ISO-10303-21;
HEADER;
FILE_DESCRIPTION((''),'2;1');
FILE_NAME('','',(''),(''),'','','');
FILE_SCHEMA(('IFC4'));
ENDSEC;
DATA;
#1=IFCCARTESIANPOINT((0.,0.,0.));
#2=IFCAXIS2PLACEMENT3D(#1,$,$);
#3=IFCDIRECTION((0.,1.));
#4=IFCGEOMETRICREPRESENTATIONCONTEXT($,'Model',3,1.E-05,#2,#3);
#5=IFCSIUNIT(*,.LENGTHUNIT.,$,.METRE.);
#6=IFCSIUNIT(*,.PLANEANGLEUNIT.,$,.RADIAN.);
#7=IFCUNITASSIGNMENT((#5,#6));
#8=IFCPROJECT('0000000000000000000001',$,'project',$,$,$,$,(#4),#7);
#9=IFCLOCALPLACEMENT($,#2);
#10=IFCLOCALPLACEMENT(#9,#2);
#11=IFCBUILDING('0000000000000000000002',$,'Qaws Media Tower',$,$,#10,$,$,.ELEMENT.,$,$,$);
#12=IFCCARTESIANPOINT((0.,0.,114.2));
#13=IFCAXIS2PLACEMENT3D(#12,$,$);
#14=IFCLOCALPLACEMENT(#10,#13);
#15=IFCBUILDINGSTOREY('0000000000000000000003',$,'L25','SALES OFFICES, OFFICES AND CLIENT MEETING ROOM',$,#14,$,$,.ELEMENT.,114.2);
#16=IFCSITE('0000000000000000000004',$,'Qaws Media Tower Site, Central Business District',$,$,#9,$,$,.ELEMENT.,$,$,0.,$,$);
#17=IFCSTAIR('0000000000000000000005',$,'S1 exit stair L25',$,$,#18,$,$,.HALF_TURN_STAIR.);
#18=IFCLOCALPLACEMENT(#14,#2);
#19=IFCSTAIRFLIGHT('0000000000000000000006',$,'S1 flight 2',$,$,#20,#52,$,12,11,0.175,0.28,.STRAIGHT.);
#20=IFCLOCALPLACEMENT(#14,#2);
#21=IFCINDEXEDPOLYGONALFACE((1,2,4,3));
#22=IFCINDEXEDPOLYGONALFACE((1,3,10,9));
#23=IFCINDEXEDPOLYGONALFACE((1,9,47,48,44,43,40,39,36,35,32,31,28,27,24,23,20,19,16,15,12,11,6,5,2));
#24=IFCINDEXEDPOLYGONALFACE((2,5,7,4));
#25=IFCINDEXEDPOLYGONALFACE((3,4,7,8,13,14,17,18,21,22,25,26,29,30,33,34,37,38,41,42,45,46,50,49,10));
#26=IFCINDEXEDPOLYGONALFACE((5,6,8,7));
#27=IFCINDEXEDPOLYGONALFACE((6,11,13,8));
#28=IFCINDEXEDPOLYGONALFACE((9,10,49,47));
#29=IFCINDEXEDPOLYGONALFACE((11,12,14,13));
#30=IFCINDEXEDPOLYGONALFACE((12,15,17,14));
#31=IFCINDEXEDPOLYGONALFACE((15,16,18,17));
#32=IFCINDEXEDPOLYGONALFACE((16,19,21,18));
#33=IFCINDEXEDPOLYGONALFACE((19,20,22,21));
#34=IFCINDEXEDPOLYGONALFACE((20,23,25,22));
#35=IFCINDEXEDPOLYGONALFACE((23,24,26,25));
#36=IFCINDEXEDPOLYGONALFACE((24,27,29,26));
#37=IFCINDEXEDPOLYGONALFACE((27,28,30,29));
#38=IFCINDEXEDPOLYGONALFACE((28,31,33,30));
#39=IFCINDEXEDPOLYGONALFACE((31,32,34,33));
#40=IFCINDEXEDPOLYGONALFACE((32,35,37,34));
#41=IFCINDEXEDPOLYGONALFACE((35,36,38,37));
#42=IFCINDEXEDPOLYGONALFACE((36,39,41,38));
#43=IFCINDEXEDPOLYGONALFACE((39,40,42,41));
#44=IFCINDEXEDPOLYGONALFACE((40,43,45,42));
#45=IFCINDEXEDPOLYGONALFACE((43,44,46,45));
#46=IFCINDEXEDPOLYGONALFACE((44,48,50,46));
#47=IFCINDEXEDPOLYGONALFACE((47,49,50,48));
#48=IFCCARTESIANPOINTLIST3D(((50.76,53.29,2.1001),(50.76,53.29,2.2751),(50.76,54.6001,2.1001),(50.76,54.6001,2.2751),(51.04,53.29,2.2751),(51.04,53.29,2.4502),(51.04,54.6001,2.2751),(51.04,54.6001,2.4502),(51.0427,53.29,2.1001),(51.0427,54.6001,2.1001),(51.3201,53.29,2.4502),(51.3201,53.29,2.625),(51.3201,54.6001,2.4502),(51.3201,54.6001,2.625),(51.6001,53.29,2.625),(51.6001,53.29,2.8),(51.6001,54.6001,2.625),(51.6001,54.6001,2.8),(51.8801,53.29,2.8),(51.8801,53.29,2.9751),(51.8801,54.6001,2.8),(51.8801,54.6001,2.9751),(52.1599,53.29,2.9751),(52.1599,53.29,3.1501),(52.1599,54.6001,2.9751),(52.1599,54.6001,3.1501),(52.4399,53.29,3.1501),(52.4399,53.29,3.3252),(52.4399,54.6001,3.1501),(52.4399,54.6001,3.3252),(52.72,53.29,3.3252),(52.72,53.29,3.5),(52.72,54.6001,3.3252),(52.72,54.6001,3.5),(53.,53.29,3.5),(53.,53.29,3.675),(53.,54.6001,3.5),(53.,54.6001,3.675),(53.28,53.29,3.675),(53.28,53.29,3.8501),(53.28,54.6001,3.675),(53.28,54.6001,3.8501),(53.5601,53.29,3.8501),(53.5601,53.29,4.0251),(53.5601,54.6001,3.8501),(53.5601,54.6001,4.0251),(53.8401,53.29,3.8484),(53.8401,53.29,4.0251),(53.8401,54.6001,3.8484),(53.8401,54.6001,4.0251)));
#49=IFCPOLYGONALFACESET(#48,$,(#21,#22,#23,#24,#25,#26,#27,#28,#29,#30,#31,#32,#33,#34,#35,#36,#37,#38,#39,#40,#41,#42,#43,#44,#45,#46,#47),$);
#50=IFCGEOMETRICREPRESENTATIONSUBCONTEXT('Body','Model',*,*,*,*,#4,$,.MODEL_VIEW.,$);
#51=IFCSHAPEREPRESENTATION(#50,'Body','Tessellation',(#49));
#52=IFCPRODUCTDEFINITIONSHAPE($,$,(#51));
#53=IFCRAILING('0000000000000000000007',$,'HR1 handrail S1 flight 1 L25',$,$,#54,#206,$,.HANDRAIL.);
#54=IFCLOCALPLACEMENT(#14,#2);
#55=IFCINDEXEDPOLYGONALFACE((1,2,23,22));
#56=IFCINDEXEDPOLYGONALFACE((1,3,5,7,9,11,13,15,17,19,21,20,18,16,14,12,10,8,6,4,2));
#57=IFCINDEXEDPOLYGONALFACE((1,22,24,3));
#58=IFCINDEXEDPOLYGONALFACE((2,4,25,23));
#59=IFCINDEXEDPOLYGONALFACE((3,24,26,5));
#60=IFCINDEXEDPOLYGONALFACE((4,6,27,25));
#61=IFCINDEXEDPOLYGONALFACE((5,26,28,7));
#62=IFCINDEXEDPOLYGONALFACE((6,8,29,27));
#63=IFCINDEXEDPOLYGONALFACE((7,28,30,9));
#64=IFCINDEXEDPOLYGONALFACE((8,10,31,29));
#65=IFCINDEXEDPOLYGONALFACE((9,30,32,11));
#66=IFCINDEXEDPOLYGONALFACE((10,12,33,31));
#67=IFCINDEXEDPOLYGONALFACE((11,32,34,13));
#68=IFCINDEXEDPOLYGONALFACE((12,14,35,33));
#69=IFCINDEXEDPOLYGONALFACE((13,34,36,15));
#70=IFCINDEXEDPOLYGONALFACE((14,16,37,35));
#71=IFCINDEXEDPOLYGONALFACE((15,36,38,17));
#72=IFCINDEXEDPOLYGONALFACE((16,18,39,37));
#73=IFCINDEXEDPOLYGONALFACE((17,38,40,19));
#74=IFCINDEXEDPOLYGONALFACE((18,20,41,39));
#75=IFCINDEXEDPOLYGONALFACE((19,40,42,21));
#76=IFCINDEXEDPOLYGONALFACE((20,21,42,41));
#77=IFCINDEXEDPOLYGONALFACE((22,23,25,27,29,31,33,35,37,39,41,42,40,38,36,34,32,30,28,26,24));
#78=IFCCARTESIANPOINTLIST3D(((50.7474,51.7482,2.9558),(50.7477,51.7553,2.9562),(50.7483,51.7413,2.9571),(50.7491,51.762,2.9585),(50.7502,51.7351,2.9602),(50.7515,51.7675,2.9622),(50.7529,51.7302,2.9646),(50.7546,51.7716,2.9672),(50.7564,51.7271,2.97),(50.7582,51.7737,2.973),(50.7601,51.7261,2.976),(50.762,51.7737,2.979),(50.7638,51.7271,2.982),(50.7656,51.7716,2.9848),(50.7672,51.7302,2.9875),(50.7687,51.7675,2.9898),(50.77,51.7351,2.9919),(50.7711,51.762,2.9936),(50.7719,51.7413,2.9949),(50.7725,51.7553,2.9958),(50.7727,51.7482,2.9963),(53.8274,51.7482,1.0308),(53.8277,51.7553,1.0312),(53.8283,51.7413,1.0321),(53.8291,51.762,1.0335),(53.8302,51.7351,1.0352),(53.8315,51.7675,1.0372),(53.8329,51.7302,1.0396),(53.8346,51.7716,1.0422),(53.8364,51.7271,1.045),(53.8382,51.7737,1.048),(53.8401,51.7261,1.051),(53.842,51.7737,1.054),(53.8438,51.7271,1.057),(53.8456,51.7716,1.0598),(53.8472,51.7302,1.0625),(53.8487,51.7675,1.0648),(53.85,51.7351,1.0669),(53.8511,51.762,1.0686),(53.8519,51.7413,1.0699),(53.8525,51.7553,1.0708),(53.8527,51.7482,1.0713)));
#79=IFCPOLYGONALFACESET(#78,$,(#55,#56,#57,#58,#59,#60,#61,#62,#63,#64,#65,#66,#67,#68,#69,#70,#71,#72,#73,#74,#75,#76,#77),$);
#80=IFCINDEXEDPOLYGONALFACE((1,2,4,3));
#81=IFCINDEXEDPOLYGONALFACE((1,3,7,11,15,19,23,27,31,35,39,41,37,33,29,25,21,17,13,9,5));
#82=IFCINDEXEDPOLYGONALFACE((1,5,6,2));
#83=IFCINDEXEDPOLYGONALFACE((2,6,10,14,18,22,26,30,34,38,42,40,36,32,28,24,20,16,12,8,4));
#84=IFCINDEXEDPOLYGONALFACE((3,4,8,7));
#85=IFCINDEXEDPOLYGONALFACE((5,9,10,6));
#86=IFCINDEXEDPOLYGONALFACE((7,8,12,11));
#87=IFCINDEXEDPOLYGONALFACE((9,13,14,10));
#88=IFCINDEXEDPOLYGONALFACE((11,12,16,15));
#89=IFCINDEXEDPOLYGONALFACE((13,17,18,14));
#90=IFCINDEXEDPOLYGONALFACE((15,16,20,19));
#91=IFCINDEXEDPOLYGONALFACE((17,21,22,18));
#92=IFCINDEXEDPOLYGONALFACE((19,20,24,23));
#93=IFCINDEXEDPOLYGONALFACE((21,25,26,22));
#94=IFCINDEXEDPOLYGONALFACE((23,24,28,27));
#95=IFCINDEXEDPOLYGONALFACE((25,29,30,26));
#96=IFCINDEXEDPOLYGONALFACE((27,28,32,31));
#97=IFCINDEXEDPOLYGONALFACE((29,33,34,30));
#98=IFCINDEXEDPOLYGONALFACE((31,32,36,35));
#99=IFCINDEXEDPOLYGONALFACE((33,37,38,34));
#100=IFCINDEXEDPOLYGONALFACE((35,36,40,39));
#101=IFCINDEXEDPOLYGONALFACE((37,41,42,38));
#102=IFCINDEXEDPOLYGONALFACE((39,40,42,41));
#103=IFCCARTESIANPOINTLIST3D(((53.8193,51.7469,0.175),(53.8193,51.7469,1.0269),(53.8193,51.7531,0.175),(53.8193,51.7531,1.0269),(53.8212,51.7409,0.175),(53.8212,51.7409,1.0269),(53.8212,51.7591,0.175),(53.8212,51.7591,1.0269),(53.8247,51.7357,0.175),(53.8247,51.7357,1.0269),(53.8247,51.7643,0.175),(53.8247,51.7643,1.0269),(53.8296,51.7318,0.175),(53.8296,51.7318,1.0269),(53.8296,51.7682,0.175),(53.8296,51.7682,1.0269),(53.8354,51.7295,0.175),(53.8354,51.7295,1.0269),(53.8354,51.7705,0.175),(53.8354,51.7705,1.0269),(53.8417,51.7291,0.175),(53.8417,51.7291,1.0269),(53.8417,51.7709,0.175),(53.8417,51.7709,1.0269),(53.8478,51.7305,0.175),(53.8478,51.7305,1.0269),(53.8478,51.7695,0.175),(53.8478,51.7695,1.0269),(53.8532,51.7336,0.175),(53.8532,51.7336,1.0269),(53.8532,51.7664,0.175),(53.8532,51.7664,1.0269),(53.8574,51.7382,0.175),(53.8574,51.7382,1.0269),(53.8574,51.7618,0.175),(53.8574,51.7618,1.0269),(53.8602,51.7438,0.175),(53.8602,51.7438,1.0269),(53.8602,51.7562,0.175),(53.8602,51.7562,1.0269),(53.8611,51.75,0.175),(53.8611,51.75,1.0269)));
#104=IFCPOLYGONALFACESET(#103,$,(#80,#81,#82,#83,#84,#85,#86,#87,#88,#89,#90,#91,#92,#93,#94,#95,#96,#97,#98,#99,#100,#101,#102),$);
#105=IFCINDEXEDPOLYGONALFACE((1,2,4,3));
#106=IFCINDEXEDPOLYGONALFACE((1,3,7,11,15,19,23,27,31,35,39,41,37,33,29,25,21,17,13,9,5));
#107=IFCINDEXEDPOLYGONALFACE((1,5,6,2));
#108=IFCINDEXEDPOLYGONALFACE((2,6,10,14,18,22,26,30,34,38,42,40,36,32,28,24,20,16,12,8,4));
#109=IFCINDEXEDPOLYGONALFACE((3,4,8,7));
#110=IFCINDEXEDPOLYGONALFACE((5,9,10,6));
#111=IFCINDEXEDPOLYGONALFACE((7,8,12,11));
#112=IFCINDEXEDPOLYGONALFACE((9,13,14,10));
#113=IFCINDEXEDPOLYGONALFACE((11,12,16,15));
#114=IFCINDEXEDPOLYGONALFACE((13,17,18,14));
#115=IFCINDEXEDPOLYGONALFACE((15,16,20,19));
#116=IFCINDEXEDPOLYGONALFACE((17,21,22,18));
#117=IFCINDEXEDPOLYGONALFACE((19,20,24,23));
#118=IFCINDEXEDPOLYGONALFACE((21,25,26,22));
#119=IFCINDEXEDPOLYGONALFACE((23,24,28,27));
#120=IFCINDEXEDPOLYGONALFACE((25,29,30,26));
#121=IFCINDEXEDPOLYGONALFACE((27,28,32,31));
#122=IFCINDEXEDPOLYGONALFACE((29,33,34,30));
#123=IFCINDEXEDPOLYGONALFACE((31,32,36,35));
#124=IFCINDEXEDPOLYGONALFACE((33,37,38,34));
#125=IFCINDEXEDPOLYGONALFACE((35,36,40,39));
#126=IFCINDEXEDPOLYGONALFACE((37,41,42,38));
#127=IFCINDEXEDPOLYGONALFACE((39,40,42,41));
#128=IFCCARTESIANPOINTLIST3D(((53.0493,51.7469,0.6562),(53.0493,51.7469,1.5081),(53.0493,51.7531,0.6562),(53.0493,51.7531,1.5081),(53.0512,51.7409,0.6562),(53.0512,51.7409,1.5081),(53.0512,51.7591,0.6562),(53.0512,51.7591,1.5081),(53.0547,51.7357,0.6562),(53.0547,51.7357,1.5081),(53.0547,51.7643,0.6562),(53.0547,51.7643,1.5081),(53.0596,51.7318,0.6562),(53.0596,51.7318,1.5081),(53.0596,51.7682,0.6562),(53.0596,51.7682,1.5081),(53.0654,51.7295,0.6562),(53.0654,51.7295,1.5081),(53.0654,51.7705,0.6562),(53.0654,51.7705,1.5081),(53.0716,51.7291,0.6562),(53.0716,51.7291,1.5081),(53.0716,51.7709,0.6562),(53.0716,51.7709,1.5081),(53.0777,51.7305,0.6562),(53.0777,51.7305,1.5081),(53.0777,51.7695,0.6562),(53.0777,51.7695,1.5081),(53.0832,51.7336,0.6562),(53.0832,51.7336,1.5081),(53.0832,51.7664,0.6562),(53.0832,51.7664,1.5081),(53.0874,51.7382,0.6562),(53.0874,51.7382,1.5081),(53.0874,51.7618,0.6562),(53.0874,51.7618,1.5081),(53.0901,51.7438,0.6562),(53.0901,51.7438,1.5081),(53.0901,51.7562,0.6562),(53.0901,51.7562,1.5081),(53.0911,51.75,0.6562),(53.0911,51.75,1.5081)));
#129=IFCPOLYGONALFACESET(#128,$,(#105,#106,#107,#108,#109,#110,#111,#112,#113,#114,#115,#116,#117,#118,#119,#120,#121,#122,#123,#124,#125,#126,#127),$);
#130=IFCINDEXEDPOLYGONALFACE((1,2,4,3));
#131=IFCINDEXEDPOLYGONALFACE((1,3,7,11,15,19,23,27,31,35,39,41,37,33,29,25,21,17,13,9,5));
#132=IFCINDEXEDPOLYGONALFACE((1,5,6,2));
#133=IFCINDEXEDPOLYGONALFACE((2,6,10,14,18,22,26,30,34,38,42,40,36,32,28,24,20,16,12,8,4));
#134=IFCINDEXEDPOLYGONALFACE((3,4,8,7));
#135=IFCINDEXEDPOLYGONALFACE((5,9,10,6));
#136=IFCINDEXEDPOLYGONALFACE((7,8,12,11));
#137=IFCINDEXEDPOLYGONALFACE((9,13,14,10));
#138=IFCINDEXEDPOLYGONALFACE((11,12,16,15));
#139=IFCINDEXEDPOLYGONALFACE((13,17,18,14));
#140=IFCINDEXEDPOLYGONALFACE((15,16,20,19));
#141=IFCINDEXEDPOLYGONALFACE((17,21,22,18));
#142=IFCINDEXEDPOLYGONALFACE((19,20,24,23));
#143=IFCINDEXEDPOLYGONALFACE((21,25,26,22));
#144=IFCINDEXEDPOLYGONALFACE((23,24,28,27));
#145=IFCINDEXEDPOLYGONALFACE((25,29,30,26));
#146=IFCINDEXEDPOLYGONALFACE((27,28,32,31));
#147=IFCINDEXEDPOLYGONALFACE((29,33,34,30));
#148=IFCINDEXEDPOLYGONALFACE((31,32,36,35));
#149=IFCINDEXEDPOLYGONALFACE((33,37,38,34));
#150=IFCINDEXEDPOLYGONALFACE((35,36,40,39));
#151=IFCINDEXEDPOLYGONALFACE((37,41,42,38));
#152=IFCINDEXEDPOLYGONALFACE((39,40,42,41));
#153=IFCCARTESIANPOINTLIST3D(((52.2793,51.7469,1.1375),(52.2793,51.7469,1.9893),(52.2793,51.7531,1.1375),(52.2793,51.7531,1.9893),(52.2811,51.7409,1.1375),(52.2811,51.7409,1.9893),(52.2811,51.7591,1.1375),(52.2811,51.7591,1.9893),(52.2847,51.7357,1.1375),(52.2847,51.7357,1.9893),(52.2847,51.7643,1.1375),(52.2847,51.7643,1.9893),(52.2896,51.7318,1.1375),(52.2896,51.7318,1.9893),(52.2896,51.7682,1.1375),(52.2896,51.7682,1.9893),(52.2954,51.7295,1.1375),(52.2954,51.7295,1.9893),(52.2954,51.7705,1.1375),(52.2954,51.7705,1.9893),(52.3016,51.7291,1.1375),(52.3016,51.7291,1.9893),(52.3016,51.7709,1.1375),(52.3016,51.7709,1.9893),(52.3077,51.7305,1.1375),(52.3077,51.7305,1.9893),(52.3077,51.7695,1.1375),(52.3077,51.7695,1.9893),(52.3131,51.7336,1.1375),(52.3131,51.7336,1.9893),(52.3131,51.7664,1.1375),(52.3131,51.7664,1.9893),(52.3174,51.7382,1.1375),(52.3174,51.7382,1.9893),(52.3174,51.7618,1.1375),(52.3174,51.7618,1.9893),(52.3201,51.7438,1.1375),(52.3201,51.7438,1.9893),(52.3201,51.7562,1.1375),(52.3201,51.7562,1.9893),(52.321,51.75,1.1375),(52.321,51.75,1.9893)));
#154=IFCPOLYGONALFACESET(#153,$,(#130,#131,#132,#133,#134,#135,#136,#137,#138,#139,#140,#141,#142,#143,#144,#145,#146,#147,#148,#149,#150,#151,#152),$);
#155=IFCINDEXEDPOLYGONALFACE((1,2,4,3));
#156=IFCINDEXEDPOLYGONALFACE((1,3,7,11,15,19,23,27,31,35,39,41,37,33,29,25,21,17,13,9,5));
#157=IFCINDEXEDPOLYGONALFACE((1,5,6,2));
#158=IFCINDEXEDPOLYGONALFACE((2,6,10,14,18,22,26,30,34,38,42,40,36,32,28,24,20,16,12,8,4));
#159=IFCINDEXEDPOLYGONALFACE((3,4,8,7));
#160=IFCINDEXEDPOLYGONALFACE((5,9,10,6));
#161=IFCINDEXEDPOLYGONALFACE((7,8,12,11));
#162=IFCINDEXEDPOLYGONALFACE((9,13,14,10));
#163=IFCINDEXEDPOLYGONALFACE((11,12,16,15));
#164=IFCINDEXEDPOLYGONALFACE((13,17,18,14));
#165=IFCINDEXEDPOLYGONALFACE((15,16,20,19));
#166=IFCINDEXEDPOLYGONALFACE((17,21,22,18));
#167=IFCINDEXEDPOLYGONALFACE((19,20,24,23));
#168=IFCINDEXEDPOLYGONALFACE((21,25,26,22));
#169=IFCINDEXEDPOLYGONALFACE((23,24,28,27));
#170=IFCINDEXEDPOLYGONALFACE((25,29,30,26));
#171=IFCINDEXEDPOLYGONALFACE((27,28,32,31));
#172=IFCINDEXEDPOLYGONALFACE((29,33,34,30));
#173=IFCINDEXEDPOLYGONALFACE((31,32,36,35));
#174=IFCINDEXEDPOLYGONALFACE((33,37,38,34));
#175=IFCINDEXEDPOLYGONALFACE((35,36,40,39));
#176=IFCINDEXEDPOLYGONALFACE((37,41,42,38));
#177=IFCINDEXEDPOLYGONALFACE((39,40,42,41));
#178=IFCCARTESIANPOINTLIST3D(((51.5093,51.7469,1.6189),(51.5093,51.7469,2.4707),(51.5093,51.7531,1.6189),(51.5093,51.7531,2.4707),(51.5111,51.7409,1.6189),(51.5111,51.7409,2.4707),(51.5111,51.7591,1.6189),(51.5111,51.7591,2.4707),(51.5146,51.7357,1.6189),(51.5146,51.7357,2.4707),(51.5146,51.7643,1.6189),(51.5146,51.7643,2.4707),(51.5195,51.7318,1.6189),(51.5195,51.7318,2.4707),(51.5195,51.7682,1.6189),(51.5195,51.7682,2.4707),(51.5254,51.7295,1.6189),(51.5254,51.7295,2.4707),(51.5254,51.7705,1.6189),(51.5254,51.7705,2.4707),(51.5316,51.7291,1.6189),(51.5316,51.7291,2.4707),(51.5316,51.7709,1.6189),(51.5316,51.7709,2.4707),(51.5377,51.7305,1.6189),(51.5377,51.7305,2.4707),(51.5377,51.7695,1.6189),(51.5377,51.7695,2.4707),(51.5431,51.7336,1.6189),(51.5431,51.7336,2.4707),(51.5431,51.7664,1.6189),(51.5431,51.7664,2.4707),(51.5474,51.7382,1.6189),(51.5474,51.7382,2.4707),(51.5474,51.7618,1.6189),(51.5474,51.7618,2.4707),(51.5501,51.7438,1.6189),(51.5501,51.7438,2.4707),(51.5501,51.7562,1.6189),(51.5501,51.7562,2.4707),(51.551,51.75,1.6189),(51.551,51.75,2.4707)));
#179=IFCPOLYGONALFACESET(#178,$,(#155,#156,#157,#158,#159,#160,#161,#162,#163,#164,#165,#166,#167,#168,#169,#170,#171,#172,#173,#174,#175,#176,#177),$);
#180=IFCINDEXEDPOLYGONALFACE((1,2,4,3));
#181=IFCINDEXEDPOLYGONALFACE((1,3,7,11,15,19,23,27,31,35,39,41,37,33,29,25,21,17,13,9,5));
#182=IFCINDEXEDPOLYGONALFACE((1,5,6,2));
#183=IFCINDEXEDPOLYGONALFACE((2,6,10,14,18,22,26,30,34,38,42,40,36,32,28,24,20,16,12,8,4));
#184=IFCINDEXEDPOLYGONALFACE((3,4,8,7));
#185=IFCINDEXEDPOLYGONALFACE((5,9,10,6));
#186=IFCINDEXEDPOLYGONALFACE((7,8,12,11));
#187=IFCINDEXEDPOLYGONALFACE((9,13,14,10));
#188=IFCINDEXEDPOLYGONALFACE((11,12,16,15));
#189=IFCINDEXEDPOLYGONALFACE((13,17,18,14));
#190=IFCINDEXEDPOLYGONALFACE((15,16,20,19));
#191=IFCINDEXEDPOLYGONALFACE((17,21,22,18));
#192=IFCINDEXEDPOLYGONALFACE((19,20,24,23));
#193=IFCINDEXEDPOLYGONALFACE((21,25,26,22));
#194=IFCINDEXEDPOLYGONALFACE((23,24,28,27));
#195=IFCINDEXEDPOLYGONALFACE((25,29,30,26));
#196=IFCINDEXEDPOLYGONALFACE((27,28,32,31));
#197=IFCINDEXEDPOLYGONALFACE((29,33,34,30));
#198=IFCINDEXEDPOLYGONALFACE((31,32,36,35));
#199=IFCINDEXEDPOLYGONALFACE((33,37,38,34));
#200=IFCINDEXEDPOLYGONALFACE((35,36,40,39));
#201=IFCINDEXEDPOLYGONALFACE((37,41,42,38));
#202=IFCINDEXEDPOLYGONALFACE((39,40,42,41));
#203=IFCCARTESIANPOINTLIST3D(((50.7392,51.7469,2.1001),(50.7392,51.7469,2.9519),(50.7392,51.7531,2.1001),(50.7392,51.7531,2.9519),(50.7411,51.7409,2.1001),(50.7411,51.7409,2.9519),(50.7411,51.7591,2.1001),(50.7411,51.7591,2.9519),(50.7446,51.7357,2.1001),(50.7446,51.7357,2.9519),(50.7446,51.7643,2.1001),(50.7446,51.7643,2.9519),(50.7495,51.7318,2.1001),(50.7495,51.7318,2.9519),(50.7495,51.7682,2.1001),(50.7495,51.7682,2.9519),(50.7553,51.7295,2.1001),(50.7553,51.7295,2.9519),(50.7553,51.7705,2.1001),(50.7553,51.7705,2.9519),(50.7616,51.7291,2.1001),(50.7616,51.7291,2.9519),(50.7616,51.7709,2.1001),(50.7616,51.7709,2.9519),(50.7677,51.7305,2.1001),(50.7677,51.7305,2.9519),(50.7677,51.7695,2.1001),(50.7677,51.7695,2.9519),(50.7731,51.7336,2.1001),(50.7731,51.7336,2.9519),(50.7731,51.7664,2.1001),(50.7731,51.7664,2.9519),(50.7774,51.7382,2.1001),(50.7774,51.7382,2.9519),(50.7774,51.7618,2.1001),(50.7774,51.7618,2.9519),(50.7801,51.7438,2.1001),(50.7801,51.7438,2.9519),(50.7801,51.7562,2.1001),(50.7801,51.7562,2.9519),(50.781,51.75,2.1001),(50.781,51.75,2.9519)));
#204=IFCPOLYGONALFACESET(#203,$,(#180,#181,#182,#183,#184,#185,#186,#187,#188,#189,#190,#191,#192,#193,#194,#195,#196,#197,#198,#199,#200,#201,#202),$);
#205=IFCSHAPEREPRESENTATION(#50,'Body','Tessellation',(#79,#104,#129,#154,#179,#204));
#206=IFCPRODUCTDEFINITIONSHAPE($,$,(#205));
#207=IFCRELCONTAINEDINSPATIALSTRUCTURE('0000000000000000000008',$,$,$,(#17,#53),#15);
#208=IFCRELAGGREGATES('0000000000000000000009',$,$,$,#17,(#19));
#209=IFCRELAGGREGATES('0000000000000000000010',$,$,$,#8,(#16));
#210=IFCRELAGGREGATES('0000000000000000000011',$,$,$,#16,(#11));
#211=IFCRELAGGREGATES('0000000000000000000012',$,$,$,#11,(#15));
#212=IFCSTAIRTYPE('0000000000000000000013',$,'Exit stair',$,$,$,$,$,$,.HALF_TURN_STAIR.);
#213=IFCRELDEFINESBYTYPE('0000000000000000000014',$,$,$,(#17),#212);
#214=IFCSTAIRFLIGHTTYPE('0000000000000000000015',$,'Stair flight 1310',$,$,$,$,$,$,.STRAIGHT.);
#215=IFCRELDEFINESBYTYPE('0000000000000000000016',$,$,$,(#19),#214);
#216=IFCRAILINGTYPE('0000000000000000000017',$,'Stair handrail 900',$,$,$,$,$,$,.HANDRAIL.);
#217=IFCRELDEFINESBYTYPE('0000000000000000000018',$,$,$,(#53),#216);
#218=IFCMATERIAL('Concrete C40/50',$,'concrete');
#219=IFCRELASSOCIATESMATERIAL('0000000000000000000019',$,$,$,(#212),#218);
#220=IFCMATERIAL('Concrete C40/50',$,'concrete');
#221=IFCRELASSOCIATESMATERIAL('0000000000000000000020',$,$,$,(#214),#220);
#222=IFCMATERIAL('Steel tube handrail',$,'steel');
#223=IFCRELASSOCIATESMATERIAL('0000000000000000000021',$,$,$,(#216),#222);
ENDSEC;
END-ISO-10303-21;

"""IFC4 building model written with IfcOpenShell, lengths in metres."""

from ifc_helpers import new_model, si_unit, direction, frame, origin, origin_2d, place, context, subcontext, project, spatial, polyline, circle, outline, extrude, material, type_object, element, aggregate, save


model = new_model("IFC4")

# Units and contexts
model_context = context("Model", 3, precision=1e-05, world=origin(), true_north=direction((0.0, 1.0)))
body_context = subcontext(model_context, "Body", "Model", "MODEL_VIEW")
ifc_project = project(units=[si_unit("LENGTHUNIT", "METRE"), si_unit("PLANEANGLEUNIT", "RADIAN")], contexts=[model_context])

# Site, building, storey
site_placement = place(None, origin())
site = spatial("IfcSite", under=ifc_project, at=site_placement, Name="Qaws Media Tower Site, Central Business District", CompositionType="ELEMENT", RefElevation=0.0)
building_placement = place(site_placement, origin())
building = spatial("IfcBuilding", under=site, at=building_placement, Name="Qaws Media Tower", CompositionType="ELEMENT")
storey_placement = place(building_placement, frame((0.0, 0.0, 114.2)))
storey = spatial("IfcBuildingStorey", under=building, at=storey_placement, Name="L25", Description="SALES OFFICES, OFFICES AND CLIENT MEETING ROOM", CompositionType="ELEMENT", Elevation=114.2)

# Stair, stair flight
ifc_material_1 = material(Name="Concrete C40/50", Category="concrete")
stair_type = type_object("IfcStairType", Name="Exit stair", PredefinedType="HALF_TURN_STAIR", material=ifc_material_1)
stair_placement = place(storey_placement, origin())
stair = element("IfcStair", 1, at=stair_placement, inside=storey, type_object=stair_type, Name="S1 exit stair L25", PredefinedType="HALF_TURN_STAIR")
ifc_material_2 = material(Name="Concrete C40/50", Category="concrete")
stair_flight_type = type_object("IfcStairFlightType", Name="Stair flight 1310", PredefinedType="STRAIGHT", material=ifc_material_2)
stair_flight_1_placement = place(storey_placement, frame((50.76, 53.9451, 2.1001), z_axis=(0.0, 0.0, 1.0), x_axis=(1.0, 0.0, 0.0)))
stair_flight_1 = element("IfcStairFlight", 2, at=stair_flight_1_placement, type_object=stair_flight_type, Name="S1 flight 2", NumberOfRisers=12, NumberOfTreads=11, PredefinedType="STRAIGHT", RiserHeight=0.175, TreadLength=0.28, context=body_context, shape_type="SweptSolid", body=[
    extrude(outline(polyline([(0.0, 0.0), (0.0, 0.175), (0.28, 0.175), (0.28, 0.3501), (0.5601, 0.3501), (0.5601, 0.5249), (0.8401, 0.5249), (0.8401, 0.7), (1.1201, 0.7), (1.1201, 0.875), (1.3999, 0.875), (1.3999, 1.05), (1.6799, 1.05), (1.6799, 1.2251), (1.96, 1.2251), (1.96, 1.3999), (2.24, 1.3999), (2.24, 1.575), (2.52, 1.575), (2.52, 1.75), (2.8, 1.75), (2.8, 1.925), (3.0801, 1.925), (3.0801, 2.1001), (3.0801, 1.7483), (0.2827, 0.0), (0.0, 0.0)])), frame((0.0, 0.655, 0.0), z_axis=(0.0, -1.0, 0.0), x_axis=(1.0, 0.0, 0.0)), (0.0, 0.0, 1.0), 1.3101),
])
aggregate(stair, [stair_flight_1])

# Railing
ifc_material_3 = material(Name="Steel tube handrail", Category="steel")
railing_type = type_object("IfcRailingType", Name="Stair handrail 900", PredefinedType="HANDRAIL", material=ifc_material_3)
for number, where, name in (
    (3, (53.8401, 51.75, 0.175), "HR1 handrail S1 flight 1 L25"),
):
    element("IfcRailing", number, at=place(storey_placement, frame(where)), inside=storey, type_object=railing_type, Name=name, PredefinedType="HANDRAIL", context=body_context, shape_type="SweptSolid", body=[
        extrude(circle(Radius=0.0239, at=origin_2d()), frame((0.0, 0.0, 0.876), z_axis=(-0.847998, 0.0, 0.529999), x_axis=(0.0, -1.0, 0.0)), (0.0, 0.0, 1.0), 3.6321),
        extrude(circle(Radius=0.021, at=origin_2d()), origin(), (0.0, 0.0, 1.0), 0.8518),
        extrude(circle(Radius=0.021, at=origin_2d()), frame((-0.77, 0.0, 0.4812)), (0.0, 0.0, 1.0), 0.8518),
        extrude(circle(Radius=0.021, at=origin_2d()), frame((-1.54, 0.0, 0.9624)), (0.0, 0.0, 1.0), 0.8518),
        extrude(circle(Radius=0.021, at=origin_2d()), frame((-2.3101, 0.0, 1.4438)), (0.0, 0.0, 1.0), 0.8518),
        extrude(circle(Radius=0.021, at=origin_2d()), frame((-3.0801, 0.0, 1.925)), (0.0, 0.0, 1.0), 0.8518),
    ])

save(model, "model.ifc")
